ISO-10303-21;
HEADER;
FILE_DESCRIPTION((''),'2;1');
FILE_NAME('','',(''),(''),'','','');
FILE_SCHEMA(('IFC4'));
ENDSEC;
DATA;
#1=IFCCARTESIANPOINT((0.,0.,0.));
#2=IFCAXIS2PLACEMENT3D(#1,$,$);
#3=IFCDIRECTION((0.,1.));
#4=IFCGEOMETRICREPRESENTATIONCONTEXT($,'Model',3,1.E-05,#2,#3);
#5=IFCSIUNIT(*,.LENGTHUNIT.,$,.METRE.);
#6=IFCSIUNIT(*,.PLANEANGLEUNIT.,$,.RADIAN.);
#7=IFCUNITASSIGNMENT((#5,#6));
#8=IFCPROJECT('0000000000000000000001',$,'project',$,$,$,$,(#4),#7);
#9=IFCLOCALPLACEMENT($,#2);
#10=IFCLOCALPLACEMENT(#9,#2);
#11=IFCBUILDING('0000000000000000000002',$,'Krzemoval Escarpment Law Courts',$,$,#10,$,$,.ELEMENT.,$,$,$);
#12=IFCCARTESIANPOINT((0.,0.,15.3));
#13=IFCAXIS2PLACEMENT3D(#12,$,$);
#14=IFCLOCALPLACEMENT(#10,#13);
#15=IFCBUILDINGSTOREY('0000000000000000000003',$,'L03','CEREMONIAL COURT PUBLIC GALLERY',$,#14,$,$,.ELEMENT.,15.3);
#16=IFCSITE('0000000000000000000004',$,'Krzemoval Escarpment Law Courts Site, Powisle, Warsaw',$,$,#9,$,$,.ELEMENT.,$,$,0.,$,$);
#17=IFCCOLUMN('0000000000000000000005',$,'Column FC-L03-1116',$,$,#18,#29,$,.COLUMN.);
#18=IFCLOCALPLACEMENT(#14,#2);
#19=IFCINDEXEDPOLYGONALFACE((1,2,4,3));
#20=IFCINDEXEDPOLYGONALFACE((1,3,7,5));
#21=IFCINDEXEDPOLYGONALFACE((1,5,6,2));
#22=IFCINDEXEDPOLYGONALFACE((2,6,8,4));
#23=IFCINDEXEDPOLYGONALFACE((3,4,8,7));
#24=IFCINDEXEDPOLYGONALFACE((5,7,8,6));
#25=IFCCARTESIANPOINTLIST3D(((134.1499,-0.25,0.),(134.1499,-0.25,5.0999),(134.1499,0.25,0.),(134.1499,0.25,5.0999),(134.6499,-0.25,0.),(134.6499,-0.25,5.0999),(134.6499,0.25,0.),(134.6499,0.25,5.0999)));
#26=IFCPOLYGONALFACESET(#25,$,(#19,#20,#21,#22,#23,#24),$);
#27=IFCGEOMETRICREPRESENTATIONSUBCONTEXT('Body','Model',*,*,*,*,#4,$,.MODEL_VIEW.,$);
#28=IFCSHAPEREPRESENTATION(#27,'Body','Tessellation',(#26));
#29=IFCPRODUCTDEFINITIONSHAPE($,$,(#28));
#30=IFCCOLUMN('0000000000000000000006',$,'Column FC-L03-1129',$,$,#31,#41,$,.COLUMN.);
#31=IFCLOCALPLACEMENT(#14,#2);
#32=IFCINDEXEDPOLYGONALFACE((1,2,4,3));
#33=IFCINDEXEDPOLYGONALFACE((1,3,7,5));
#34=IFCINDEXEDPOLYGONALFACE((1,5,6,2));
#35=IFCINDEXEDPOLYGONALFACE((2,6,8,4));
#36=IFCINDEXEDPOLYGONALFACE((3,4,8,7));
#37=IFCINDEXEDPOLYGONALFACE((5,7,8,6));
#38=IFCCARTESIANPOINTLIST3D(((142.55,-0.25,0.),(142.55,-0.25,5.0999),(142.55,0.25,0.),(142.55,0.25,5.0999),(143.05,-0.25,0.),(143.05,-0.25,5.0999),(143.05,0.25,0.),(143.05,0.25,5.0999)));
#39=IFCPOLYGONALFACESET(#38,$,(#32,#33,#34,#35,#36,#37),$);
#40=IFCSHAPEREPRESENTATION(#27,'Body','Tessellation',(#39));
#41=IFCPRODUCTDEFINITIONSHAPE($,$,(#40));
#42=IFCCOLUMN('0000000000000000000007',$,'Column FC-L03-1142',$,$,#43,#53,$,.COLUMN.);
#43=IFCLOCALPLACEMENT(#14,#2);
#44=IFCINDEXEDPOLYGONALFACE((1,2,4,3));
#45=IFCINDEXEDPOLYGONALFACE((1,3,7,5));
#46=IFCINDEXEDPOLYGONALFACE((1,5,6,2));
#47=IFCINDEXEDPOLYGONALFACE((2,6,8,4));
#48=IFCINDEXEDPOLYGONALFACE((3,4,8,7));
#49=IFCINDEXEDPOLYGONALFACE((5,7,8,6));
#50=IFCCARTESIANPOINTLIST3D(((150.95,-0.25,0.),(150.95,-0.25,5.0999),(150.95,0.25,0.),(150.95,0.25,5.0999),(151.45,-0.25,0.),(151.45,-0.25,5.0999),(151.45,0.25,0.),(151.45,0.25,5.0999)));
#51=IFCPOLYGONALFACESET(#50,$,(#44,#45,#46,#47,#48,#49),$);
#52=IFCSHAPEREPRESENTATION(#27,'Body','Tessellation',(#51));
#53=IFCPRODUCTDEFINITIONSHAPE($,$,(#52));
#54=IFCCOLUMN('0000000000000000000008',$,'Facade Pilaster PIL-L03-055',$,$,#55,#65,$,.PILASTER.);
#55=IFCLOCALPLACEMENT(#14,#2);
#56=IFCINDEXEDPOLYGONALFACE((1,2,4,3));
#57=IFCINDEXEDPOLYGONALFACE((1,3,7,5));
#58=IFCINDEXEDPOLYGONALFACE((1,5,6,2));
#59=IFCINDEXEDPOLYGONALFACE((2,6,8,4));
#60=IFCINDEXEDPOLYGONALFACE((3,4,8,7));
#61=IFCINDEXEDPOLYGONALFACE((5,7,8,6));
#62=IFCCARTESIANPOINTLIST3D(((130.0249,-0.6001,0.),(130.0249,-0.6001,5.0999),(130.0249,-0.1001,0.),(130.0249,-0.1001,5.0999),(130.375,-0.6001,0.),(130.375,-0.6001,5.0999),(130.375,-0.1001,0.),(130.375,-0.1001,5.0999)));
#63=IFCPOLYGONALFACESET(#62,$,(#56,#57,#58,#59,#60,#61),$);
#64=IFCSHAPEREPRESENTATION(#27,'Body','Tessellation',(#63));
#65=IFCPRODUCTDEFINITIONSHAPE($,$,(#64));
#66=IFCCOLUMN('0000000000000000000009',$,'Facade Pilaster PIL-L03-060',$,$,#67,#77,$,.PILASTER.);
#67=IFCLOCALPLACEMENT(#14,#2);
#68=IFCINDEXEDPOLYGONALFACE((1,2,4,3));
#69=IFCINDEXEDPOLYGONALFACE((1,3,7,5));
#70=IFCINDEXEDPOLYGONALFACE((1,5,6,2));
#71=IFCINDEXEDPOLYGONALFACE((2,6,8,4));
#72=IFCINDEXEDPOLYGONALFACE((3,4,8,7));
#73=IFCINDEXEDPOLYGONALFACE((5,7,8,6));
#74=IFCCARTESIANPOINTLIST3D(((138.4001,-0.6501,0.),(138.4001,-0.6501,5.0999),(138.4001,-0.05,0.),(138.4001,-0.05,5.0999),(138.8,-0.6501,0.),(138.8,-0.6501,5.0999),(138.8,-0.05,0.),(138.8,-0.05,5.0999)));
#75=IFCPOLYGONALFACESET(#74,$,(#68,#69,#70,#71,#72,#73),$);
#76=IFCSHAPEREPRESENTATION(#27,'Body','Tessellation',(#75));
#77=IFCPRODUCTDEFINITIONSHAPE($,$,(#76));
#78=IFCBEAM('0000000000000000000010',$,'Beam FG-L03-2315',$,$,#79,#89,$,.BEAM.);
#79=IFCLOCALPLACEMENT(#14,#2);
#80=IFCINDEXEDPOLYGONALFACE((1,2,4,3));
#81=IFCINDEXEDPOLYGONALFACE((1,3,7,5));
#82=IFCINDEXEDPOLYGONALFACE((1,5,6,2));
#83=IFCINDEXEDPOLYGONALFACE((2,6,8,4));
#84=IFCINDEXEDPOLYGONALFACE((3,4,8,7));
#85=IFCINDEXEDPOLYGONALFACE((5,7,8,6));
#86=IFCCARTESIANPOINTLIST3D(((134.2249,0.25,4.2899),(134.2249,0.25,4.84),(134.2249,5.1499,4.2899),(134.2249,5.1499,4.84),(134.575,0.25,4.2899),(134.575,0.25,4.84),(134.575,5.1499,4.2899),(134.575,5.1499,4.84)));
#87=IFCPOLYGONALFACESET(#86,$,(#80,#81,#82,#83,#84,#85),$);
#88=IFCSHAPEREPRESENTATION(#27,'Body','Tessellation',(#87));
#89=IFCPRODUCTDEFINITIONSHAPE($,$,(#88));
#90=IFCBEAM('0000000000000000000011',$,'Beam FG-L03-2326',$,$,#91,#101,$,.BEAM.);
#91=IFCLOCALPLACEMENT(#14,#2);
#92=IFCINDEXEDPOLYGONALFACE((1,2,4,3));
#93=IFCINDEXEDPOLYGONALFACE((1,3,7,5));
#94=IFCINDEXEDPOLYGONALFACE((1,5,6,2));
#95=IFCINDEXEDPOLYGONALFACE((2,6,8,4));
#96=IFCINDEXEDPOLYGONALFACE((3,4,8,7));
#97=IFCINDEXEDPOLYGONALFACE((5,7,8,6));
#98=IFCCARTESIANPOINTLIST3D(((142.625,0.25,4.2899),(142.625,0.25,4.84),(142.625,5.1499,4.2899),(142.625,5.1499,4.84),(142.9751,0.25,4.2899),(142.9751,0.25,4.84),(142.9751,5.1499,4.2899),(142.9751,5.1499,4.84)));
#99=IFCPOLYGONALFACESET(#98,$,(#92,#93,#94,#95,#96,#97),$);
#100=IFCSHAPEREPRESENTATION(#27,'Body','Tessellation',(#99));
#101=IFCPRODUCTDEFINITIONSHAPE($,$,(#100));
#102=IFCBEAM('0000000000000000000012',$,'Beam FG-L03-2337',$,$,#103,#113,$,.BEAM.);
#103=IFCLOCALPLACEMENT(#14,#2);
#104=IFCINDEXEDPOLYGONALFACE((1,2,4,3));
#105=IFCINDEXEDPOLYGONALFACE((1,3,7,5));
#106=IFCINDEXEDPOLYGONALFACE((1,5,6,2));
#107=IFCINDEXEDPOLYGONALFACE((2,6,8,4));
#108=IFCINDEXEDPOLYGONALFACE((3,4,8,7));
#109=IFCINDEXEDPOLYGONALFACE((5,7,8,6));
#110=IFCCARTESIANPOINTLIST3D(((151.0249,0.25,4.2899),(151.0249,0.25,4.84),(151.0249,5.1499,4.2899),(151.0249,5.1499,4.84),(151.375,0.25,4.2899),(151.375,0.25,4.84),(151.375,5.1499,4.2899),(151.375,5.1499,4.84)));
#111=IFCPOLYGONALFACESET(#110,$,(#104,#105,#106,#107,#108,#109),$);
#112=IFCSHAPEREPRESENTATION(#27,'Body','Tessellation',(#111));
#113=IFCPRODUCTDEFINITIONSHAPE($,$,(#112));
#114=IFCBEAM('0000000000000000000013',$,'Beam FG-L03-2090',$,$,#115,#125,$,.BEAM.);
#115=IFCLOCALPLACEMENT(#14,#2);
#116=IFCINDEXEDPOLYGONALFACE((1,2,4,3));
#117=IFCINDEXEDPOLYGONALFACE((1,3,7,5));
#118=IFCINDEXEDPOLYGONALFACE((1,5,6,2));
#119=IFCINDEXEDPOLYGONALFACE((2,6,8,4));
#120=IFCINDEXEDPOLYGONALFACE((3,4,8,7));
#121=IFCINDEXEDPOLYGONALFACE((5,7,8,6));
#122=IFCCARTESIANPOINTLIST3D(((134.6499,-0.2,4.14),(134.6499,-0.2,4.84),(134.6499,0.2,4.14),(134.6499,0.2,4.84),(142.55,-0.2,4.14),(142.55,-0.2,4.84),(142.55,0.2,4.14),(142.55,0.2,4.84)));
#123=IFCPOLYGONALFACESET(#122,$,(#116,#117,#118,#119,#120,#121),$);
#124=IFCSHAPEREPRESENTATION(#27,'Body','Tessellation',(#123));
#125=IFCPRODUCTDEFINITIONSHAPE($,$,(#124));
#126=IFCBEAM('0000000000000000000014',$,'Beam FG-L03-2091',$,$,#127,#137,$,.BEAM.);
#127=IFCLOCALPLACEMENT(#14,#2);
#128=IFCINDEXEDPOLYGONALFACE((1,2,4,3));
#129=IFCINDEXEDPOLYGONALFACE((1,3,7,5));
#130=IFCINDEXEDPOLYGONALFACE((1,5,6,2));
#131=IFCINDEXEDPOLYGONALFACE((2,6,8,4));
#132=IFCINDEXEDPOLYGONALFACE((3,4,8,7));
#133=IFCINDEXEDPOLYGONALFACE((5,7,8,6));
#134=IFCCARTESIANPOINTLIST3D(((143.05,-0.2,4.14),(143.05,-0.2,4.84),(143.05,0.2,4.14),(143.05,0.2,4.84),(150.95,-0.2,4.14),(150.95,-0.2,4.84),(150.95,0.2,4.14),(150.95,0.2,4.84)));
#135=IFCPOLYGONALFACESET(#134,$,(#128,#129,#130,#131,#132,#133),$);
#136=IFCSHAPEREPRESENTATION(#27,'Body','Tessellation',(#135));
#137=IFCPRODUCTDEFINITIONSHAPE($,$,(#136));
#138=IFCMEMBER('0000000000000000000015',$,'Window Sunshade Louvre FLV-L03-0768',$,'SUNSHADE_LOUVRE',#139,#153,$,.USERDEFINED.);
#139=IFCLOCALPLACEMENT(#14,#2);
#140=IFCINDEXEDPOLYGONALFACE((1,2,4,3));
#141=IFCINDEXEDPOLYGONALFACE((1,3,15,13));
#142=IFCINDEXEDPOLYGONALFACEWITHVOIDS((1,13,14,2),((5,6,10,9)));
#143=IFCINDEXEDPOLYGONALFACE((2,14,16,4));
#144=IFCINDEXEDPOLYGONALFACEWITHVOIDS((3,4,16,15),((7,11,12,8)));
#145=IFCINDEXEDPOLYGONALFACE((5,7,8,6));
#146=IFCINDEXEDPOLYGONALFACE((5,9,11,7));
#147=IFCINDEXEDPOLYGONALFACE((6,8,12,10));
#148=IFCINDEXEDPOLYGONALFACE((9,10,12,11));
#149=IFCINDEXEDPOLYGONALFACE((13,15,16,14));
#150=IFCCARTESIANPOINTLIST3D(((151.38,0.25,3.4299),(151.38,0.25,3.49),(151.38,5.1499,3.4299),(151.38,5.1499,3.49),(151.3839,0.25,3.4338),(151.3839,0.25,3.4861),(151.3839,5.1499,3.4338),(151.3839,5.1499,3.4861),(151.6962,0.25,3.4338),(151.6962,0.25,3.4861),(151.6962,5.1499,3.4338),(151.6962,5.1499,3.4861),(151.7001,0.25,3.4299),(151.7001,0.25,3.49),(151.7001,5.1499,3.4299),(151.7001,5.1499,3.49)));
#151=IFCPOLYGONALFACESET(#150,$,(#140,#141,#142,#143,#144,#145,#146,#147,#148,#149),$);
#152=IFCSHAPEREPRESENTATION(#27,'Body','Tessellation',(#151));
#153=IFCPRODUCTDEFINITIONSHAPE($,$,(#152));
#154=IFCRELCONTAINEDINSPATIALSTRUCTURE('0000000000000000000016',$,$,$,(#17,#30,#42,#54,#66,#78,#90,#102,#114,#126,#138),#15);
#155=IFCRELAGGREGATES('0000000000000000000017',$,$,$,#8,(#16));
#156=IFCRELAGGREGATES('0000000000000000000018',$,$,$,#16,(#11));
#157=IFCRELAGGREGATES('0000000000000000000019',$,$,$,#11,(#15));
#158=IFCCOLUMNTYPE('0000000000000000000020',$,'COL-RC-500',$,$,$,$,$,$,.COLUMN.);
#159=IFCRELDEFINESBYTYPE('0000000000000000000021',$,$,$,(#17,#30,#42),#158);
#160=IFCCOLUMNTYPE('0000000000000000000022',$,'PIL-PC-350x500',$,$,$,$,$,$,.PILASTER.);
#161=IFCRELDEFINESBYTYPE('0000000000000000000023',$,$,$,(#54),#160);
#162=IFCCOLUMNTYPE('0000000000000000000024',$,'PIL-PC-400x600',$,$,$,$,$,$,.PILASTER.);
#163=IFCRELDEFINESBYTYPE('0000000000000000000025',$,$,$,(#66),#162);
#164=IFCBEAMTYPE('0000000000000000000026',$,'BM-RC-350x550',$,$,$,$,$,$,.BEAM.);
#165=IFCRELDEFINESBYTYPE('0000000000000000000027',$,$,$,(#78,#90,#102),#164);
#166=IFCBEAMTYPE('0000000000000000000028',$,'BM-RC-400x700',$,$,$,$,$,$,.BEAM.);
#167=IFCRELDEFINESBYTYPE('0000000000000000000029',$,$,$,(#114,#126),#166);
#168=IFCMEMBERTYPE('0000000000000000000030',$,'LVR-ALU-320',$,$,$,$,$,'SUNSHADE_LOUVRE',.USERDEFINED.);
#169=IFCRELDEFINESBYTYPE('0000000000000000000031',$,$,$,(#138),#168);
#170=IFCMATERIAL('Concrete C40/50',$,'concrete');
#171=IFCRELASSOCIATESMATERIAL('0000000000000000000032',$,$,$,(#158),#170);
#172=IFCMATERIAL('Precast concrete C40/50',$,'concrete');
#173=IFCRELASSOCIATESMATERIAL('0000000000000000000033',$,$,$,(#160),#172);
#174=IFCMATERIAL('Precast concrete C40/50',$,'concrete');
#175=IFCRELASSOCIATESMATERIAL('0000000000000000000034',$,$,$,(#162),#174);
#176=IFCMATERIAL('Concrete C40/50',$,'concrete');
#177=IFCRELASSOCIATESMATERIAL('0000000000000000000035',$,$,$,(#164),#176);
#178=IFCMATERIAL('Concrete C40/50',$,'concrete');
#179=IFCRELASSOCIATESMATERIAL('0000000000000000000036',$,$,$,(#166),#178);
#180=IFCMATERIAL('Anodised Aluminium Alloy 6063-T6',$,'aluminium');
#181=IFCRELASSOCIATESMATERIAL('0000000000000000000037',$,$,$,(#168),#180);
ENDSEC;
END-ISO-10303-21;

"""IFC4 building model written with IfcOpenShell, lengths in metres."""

from ifc_helpers import new_model, si_unit, direction, frame, origin, origin_2d, place, context, subcontext, project, spatial, rectangle, hollow_rectangle, extrude, material, material_profile, profile_set, type_object, element, save


model = new_model("IFC4")

# Units and contexts
model_context = context("Model", 3, precision=1e-05, world=origin(), true_north=direction((0.0, 1.0)))
body_context = subcontext(model_context, "Body", "Model", "MODEL_VIEW")
ifc_project = project(units=[si_unit("LENGTHUNIT", "METRE"), si_unit("PLANEANGLEUNIT", "RADIAN")], contexts=[model_context])

# Site, building, storey
site_placement = place(None, origin())
site = spatial("IfcSite", under=ifc_project, at=site_placement, Name="Krzemoval Escarpment Law Courts Site, Powisle, Warsaw", CompositionType="ELEMENT", RefElevation=0.0)
building_placement = place(site_placement, origin())
building = spatial("IfcBuilding", under=site, at=building_placement, Name="Krzemoval Escarpment Law Courts", CompositionType="ELEMENT")
storey_placement = place(building_placement, frame((0.0, 0.0, 15.3)))
storey = spatial("IfcBuildingStorey", under=building, at=storey_placement, Name="L03", Description="CEREMONIAL COURT PUBLIC GALLERY", CompositionType="ELEMENT", Elevation=15.3)

# Columns
ifc_material_1 = material(Name="Concrete C40/50", Category="concrete")
ifc_material_profile_1 = material_profile(ifc_material_1, rectangle(XDim=0.5, YDim=0.5, at=origin_2d()), Name="RC 500x500")
ifc_profile_set_1 = profile_set([ifc_material_profile_1], Name="Concrete C40/50")
column_type_1 = type_object("IfcColumnType", Name="COL-RC-500", PredefinedType="COLUMN", material=ifc_profile_set_1)
for number, where, z_axis, x_axis, name in (
    (1, (134.3999, 0.0, 0.0), (0.0, 0.0, 1.0), (1.0, 0.0, 0.0), "Column FC-L03-1116"),
    (2, (142.8, 0.0, 0.0), (0.0, 0.0, 1.0), (1.0, 0.0, 0.0), "Column FC-L03-1129"),
    (3, (151.2, 0.0, 0.0), (0.0, 0.0, 1.0), (1.0, 0.0, 0.0), "Column FC-L03-1142"),
):
    element("IfcColumn", number, at=place(storey_placement, frame(where, z_axis=z_axis, x_axis=x_axis)), inside=storey, type_object=column_type_1, Name=name, PredefinedType="COLUMN", context=body_context, shape_type="SweptSolid", body=[
        extrude(rectangle(XDim=0.5, YDim=0.5, at=origin_2d()), origin(), (0.0, 0.0, 1.0), 5.0999),
    ])
ifc_material_2 = material(Name="Precast concrete C40/50", Category="concrete")
ifc_material_profile_2 = material_profile(ifc_material_2, rectangle(XDim=0.3501, YDim=0.5, at=origin_2d()), Name="PIL 350x500")
ifc_profile_set_2 = profile_set([ifc_material_profile_2], Name="Precast concrete C40/50")
column_type_2 = type_object("IfcColumnType", Name="PIL-PC-350x500", PredefinedType="PILASTER", material=ifc_profile_set_2)
column_1_placement = place(storey_placement, frame((130.2, -0.3501, 0.0), z_axis=(0.0, 0.0, 1.0), x_axis=(1.0, 0.0, 0.0)))
element("IfcColumn", 4, at=column_1_placement, inside=storey, type_object=column_type_2, Name="Facade Pilaster PIL-L03-055", PredefinedType="PILASTER", context=body_context, shape_type="SweptSolid", body=[
    extrude(rectangle(XDim=0.3501, YDim=0.5, at=origin_2d()), origin(), (0.0, 0.0, 1.0), 5.0999),
])
ifc_material_3 = material(Name="Precast concrete C40/50", Category="concrete")
ifc_material_profile_3 = material_profile(ifc_material_3, rectangle(XDim=0.3999, YDim=0.6001, at=origin_2d()), Name="PIL 400x600")
ifc_profile_set_3 = profile_set([ifc_material_profile_3], Name="Precast concrete C40/50")
column_type_3 = type_object("IfcColumnType", Name="PIL-PC-400x600", PredefinedType="PILASTER", material=ifc_profile_set_3)
column_2_placement = place(storey_placement, frame((138.6001, -0.3501, 0.0), z_axis=(0.0, 0.0, 1.0), x_axis=(1.0, 0.0, 0.0)))
element("IfcColumn", 5, at=column_2_placement, inside=storey, type_object=column_type_3, Name="Facade Pilaster PIL-L03-060", PredefinedType="PILASTER", context=body_context, shape_type="SweptSolid", body=[
    extrude(rectangle(XDim=0.3999, YDim=0.6001, at=origin_2d()), origin(), (0.0, 0.0, 1.0), 5.0999),
])

# Beams
ifc_material_4 = material(Name="Concrete C40/50", Category="concrete")
ifc_material_profile_4 = material_profile(ifc_material_4, rectangle(XDim=0.3501, YDim=0.55, at=origin_2d()), Name="RCB 350x550")
ifc_profile_set_4 = profile_set([ifc_material_profile_4], Name="Concrete C40/50")
beam_type_1 = type_object("IfcBeamType", Name="BM-RC-350x550", PredefinedType="BEAM", material=ifc_profile_set_4)
for number, where, z_axis, x_axis, name in (
    (6, (134.3999, 0.25, 4.5649), (0.0, 1.0, 0.0), (-1.0, 0.0, 0.0), "Beam FG-L03-2315"),
    (7, (142.8, 0.25, 4.5649), (0.0, 1.0, 0.0), (-1.0, 0.0, 0.0), "Beam FG-L03-2326"),
    (8, (151.2, 0.25, 4.5649), (0.0, 1.0, 0.0), (-1.0, 0.0, 0.0), "Beam FG-L03-2337"),
):
    element("IfcBeam", number, at=place(storey_placement, frame(where, z_axis=z_axis, x_axis=x_axis)), inside=storey, type_object=beam_type_1, Name=name, PredefinedType="BEAM", context=body_context, shape_type="SweptSolid", body=[
        extrude(rectangle(XDim=0.3501, YDim=0.55, at=origin_2d()), origin(), (0.0, 0.0, 1.0), 4.8999),
    ])
ifc_material_5 = material(Name="Concrete C40/50", Category="concrete")
ifc_material_profile_5 = material_profile(ifc_material_5, rectangle(XDim=0.3999, YDim=0.7, at=origin_2d()), Name="RCB 400x700")
ifc_profile_set_5 = profile_set([ifc_material_profile_5], Name="Concrete C40/50")
beam_type_2 = type_object("IfcBeamType", Name="BM-RC-400x700", PredefinedType="BEAM", material=ifc_profile_set_5)
beam_1_placement = place(storey_placement, frame((134.6499, 0.0, 4.49), z_axis=(1.0, 0.0, 0.0), x_axis=(0.0, 1.0, 0.0)))
element("IfcBeam", 9, at=beam_1_placement, inside=storey, type_object=beam_type_2, Name="Beam FG-L03-2090", PredefinedType="BEAM", context=body_context, shape_type="SweptSolid", body=[
    extrude(rectangle(XDim=0.3999, YDim=0.7, at=origin_2d()), origin(), (0.0, 0.0, 1.0), 7.9001),
])
beam_2_placement = place(storey_placement, frame((143.05, 0.0, 4.49), z_axis=(1.0, 0.0, 0.0), x_axis=(0.0, 1.0, 0.0)))
element("IfcBeam", 10, at=beam_2_placement, inside=storey, type_object=beam_type_2, Name="Beam FG-L03-2091", PredefinedType="BEAM", context=body_context, shape_type="SweptSolid", body=[
    extrude(rectangle(XDim=0.3999, YDim=0.7, at=origin_2d()), origin(), (0.0, 0.0, 1.0), 7.8999),
])

# Member
ifc_material_6 = material(Name="Anodised Aluminium Alloy 6063-T6", Category="aluminium")
ifc_material_profile_6 = material_profile(ifc_material_6, hollow_rectangle(XDim=0.0601, YDim=0.3201, WallThickness=0.0039, at=origin_2d()), Name="ALU LVR 60x320")
ifc_profile_set_6 = profile_set([ifc_material_profile_6], Name="Anodised Aluminium Alloy 6063-T6")
member_type = type_object("IfcMemberType", Name="LVR-ALU-320", ElementType="SUNSHADE_LOUVRE", PredefinedType="USERDEFINED", material=ifc_profile_set_6)
member_placement = place(storey_placement, frame((151.54, 5.1499, 3.46), z_axis=(0.0, -1.0, 0.0), x_axis=(0.0, 0.0, 1.0)))
element("IfcMember", 11, at=member_placement, inside=storey, type_object=member_type, Name="Window Sunshade Louvre FLV-L03-0768", ObjectType="SUNSHADE_LOUVRE", PredefinedType="USERDEFINED", context=body_context, shape_type="SweptSolid", body=[
    extrude(hollow_rectangle(XDim=0.0601, YDim=0.3201, WallThickness=0.0039, at=origin_2d()), origin(), (0.0, 0.0, 1.0), 4.8999),
])

save(model, "model.ifc")
